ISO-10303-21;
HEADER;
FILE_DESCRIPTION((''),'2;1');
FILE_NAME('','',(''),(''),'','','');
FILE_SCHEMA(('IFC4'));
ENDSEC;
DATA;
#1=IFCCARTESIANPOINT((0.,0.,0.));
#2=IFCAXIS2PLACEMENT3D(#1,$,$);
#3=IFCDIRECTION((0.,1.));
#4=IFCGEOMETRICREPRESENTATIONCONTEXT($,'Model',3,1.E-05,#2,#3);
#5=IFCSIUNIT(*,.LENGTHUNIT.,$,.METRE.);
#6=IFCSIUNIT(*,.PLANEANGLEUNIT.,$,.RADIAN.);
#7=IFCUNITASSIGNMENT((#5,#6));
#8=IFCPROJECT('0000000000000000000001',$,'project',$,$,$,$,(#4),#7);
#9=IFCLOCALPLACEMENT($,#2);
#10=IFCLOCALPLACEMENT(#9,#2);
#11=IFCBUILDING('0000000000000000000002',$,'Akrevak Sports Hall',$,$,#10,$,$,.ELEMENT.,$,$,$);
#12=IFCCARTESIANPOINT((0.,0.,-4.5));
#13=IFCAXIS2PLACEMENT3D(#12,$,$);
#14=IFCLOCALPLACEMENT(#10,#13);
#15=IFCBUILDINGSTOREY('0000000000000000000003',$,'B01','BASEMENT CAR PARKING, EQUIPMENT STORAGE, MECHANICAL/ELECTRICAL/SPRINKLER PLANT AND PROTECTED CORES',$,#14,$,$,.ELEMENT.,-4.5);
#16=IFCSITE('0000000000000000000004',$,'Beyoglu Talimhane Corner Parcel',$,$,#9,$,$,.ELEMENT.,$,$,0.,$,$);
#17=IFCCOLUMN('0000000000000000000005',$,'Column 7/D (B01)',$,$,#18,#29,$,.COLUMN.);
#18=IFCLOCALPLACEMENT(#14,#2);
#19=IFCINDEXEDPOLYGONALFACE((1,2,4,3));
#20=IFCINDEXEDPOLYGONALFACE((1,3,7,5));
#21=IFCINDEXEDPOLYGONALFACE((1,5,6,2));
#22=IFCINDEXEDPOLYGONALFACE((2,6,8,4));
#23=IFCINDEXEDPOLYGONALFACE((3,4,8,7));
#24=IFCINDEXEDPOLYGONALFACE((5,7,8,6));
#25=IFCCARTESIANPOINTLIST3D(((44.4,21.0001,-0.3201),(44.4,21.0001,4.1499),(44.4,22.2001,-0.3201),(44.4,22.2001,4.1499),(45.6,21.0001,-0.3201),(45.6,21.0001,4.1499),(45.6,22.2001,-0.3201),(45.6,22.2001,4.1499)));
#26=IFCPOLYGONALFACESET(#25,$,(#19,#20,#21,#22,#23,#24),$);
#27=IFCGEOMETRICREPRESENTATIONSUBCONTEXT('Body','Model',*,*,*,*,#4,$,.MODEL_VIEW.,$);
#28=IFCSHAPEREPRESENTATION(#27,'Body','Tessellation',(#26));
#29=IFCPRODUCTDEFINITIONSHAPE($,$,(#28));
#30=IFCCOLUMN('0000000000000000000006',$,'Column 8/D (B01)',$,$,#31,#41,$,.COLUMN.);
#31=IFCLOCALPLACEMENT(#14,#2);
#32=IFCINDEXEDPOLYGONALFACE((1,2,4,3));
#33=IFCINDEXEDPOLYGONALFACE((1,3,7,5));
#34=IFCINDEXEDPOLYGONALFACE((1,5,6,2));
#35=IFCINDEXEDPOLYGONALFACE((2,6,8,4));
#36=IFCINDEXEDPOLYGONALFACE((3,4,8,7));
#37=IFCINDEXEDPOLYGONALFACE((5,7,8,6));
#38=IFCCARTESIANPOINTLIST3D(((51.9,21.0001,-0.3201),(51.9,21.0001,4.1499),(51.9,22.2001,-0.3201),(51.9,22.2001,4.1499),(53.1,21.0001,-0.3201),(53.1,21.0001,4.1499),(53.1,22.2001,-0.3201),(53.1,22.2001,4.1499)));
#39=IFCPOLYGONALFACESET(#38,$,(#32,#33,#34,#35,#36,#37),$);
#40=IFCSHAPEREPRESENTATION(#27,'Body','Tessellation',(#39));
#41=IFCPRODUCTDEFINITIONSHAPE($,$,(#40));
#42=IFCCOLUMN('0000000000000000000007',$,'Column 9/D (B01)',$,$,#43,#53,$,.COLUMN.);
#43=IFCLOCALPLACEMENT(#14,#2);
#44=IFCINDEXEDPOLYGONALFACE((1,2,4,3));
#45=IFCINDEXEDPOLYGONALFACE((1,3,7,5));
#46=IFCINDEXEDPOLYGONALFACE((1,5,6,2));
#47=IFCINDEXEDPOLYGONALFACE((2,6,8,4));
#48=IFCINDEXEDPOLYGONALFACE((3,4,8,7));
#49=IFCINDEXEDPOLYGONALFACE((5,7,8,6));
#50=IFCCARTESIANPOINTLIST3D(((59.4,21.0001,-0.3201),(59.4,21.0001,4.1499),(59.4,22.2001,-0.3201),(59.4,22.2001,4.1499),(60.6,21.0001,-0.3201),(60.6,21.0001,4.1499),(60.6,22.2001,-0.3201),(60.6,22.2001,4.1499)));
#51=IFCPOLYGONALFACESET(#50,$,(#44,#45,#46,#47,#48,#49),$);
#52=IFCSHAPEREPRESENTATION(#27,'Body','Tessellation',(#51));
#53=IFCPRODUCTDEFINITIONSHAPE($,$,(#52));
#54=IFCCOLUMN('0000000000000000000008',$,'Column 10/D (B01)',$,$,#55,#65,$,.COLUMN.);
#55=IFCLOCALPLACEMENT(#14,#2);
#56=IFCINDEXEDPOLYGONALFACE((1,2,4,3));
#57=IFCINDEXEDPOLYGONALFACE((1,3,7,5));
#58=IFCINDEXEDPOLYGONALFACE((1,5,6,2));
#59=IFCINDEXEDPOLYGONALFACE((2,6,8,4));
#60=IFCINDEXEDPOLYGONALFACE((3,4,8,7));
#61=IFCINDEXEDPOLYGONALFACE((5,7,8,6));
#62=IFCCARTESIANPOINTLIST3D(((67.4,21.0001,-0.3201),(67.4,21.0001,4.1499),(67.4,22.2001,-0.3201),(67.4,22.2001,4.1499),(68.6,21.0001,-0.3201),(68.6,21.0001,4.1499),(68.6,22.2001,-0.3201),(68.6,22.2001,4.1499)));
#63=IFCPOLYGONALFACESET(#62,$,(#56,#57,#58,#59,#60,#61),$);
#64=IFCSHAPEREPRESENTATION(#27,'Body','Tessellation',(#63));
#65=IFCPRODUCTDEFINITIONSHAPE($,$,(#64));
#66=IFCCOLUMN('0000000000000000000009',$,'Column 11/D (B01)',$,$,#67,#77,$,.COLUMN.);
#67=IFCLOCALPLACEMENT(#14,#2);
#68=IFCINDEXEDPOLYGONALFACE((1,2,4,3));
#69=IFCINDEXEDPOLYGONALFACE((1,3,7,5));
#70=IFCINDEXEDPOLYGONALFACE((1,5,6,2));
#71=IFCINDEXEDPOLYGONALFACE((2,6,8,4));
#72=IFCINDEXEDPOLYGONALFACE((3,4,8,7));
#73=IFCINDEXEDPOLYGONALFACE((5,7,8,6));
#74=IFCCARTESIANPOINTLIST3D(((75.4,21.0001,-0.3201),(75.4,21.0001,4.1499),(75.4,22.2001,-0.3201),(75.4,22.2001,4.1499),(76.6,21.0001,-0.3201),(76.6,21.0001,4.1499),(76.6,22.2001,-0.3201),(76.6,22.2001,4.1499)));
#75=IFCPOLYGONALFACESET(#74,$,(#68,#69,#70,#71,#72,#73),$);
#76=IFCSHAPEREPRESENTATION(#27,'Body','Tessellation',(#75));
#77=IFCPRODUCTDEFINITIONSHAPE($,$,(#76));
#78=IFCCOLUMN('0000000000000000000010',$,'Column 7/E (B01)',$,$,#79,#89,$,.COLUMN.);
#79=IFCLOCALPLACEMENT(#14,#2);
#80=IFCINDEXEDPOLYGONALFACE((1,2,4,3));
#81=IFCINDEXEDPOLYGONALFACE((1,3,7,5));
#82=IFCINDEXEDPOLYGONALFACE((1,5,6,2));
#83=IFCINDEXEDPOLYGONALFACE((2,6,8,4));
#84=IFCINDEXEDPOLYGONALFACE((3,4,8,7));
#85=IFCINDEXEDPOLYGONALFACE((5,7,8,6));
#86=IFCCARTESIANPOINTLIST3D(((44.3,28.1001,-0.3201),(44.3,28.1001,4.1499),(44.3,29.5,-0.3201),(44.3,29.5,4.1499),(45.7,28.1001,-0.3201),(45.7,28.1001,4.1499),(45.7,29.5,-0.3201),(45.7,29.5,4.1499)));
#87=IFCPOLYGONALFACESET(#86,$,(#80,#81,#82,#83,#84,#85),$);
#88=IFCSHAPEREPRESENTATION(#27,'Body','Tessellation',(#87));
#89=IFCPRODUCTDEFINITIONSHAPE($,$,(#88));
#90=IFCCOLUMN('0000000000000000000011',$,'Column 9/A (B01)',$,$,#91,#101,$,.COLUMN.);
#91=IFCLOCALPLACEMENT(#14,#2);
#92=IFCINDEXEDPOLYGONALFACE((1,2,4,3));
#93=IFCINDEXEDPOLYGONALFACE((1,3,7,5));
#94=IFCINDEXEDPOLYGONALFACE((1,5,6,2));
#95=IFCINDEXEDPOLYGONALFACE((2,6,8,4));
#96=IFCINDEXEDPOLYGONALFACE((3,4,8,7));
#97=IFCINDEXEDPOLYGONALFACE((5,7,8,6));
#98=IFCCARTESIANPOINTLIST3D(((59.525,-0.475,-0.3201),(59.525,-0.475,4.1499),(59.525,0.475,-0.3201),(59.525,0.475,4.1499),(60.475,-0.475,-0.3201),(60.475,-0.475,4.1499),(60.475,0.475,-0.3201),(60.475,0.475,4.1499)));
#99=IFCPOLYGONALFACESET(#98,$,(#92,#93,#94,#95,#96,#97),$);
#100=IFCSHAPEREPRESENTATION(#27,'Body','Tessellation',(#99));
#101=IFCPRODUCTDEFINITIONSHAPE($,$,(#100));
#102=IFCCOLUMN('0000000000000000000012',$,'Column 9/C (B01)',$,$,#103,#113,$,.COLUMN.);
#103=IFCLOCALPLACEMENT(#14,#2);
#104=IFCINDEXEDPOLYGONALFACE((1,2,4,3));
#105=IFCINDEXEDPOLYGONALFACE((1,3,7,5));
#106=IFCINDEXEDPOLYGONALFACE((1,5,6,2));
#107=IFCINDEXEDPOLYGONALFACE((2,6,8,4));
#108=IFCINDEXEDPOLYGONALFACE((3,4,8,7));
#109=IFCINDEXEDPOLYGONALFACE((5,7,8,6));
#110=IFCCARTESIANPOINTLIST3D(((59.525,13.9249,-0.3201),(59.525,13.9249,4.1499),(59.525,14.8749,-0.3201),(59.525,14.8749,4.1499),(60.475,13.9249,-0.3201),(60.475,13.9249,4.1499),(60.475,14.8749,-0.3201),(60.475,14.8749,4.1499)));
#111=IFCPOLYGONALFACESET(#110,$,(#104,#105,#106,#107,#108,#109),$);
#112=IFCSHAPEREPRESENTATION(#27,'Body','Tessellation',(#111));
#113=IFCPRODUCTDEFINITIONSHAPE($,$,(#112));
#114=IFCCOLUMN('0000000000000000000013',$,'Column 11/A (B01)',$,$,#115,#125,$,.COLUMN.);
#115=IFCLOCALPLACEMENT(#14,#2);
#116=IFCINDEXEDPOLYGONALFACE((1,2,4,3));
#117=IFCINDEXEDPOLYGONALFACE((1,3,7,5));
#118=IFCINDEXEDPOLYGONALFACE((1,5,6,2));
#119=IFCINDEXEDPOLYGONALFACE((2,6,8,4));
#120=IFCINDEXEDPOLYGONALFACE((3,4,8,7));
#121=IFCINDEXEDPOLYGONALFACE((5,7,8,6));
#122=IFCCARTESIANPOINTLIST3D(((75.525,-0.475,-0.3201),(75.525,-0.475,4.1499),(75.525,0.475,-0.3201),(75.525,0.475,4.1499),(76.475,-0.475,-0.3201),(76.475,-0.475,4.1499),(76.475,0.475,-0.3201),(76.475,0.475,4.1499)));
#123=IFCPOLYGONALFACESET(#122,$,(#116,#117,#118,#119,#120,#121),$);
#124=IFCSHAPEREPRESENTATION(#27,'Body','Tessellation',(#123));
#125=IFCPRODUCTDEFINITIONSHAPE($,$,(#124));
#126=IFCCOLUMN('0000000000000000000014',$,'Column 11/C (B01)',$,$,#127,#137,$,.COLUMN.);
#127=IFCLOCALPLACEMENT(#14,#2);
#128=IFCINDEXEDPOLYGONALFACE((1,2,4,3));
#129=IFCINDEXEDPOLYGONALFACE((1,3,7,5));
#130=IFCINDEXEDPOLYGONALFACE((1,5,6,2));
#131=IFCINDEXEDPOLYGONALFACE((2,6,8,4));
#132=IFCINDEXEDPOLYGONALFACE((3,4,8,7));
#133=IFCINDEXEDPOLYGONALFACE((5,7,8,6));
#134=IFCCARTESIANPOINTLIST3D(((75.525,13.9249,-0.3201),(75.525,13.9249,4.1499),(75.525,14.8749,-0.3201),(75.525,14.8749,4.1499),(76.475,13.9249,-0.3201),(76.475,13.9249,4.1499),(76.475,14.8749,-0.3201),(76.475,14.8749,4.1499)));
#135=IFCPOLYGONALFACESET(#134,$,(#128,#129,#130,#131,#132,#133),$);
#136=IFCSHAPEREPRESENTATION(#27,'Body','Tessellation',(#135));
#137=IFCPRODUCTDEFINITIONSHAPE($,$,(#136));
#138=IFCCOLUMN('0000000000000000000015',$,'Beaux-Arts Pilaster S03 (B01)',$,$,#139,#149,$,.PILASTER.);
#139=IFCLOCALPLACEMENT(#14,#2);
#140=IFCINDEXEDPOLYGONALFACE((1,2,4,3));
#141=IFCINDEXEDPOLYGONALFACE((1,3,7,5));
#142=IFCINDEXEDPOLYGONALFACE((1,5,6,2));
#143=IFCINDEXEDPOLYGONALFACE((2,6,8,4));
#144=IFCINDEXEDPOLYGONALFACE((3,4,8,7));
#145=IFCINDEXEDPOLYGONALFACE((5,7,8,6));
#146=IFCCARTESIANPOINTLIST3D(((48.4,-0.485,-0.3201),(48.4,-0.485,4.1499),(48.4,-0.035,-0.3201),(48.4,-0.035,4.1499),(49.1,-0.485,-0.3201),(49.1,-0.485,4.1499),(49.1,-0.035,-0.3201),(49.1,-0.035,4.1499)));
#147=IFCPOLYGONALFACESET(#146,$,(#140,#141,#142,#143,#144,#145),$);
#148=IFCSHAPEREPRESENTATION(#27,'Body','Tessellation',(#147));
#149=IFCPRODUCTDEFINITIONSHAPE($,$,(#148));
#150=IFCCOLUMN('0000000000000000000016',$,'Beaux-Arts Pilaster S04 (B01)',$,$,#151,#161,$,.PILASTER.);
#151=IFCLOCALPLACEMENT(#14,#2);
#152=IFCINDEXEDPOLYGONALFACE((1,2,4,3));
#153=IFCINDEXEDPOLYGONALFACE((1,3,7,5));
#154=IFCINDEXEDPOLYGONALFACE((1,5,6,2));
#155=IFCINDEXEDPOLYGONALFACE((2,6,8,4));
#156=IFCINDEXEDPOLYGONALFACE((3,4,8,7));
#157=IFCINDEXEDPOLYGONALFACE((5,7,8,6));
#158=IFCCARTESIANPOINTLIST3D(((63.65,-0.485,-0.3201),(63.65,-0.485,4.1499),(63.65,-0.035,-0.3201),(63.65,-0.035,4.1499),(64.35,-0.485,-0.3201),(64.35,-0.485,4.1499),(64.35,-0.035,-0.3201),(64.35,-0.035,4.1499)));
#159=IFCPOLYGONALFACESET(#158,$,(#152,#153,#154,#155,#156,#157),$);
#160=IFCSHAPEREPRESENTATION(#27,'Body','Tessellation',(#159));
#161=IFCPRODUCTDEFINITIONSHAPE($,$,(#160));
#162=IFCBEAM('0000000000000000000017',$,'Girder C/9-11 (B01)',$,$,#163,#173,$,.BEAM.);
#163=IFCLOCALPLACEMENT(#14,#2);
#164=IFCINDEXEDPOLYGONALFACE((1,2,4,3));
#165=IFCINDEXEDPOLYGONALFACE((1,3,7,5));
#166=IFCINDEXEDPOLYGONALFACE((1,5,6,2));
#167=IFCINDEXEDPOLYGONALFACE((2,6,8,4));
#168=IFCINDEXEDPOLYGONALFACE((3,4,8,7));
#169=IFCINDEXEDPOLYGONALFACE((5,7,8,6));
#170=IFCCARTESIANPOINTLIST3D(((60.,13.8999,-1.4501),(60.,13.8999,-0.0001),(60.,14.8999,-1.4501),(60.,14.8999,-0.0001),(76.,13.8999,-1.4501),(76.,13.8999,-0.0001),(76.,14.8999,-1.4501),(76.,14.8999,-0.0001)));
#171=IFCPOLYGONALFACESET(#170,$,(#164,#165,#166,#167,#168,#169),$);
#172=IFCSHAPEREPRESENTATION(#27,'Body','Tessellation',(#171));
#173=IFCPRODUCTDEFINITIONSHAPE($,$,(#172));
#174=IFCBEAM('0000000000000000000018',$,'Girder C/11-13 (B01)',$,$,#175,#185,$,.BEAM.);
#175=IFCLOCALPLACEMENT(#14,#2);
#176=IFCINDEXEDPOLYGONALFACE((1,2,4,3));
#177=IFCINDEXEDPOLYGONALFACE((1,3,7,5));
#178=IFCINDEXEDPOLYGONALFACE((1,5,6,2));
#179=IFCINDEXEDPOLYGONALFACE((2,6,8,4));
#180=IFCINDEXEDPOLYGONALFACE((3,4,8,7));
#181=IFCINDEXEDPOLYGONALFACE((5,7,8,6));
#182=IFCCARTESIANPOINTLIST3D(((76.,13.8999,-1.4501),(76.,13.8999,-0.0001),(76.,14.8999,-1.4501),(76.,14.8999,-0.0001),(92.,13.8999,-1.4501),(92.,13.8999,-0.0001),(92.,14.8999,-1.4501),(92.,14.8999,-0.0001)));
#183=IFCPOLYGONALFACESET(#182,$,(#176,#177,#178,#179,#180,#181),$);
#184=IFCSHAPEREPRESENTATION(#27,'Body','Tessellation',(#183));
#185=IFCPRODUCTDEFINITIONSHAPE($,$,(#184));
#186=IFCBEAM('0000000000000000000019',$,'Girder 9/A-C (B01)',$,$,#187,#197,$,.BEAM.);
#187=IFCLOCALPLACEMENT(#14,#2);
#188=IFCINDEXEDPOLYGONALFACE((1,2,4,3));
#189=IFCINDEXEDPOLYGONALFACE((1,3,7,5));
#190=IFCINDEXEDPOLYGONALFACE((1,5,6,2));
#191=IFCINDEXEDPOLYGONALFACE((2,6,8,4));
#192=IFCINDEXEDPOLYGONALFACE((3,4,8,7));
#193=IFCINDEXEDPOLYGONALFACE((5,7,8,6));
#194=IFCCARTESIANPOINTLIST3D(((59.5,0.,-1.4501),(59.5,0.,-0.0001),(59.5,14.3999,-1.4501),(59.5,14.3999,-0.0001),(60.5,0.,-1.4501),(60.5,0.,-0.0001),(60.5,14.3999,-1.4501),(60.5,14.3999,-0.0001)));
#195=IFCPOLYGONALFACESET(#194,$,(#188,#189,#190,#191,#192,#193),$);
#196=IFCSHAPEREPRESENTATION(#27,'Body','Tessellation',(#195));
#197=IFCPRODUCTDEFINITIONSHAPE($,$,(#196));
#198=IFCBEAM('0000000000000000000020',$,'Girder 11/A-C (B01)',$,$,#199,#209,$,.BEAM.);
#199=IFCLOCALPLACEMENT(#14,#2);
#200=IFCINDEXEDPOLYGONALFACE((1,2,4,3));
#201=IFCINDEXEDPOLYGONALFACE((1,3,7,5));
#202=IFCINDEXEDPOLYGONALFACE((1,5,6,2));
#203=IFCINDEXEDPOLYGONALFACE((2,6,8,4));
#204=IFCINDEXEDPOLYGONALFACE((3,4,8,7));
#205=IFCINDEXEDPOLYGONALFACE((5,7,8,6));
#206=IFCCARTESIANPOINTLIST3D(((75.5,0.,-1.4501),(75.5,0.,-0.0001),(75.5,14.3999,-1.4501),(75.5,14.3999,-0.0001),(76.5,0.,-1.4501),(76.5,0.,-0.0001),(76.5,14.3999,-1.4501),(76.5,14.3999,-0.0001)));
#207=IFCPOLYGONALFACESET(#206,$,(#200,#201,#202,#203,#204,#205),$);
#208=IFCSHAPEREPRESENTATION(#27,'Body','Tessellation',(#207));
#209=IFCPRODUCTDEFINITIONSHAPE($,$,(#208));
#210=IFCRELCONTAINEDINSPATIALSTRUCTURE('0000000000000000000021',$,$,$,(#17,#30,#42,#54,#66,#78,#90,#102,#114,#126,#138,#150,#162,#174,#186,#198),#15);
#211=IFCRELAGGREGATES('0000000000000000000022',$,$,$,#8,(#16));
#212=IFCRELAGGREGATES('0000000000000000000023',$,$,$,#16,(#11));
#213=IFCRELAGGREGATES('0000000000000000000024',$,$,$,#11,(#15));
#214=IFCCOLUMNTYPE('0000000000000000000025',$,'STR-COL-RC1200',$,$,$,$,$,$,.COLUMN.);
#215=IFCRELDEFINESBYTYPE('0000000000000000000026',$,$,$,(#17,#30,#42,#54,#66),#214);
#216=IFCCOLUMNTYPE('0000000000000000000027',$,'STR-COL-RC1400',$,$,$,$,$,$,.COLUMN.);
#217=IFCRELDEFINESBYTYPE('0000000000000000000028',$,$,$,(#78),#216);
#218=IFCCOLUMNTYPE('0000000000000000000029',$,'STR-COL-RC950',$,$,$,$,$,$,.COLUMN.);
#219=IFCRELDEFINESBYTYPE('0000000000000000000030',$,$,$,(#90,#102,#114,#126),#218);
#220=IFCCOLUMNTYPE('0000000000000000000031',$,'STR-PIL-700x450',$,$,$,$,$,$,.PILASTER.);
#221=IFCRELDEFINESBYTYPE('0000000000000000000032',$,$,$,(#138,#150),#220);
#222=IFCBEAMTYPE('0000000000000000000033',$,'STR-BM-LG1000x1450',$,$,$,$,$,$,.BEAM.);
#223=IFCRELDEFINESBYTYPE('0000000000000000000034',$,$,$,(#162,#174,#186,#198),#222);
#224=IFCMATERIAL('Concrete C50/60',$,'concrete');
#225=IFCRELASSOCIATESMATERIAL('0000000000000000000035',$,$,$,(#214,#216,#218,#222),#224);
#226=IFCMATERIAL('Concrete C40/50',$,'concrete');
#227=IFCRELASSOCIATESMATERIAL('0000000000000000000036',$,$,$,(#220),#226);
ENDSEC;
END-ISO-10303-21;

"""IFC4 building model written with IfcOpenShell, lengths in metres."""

from ifc_helpers import new_model, si_unit, direction, frame, origin, origin_2d, place, context, subcontext, project, spatial, rectangle, extrude, material, material_profile, profile_set, type_object, element, save


model = new_model("IFC4")

# Units and contexts
model_context = context("Model", 3, precision=1e-05, world=origin(), true_north=direction((0.0, 1.0)))
body_context = subcontext(model_context, "Body", "Model", "MODEL_VIEW")
ifc_project = project(units=[si_unit("LENGTHUNIT", "METRE"), si_unit("PLANEANGLEUNIT", "RADIAN")], contexts=[model_context])

# Site, building, storey
site_placement = place(None, origin())
site = spatial("IfcSite", under=ifc_project, at=site_placement, Name="Beyoglu Talimhane Corner Parcel", CompositionType="ELEMENT", RefElevation=0.0)
building_placement = place(site_placement, origin())
building = spatial("IfcBuilding", under=site, at=building_placement, Name="Akrevak Sports Hall", CompositionType="ELEMENT")
storey_placement = place(building_placement, frame((0.0, 0.0, -4.5)))
storey = spatial("IfcBuildingStorey", under=building, at=storey_placement, Name="B01", Description="BASEMENT CAR PARKING, EQUIPMENT STORAGE, MECHANICAL/ELECTRICAL/SPRINKLER PLANT AND PROTECTED CORES", CompositionType="ELEMENT", Elevation=-4.5)

# Columns
ifc_material_1 = material(Name="Concrete C50/60", Category="concrete")
ifc_material_profile_1 = material_profile(ifc_material_1, rectangle(XDim=1.2, YDim=1.2, at=origin_2d()), Name="RC 1200x1200", Category="concrete")
ifc_profile_set_1 = profile_set([ifc_material_profile_1], Name="Concrete C50/60")
column_type_1 = type_object("IfcColumnType", Name="STR-COL-RC1200", PredefinedType="COLUMN", material=ifc_profile_set_1)
for number, where, z_axis, x_axis, name in (
    (1, (45.0, 21.6001, -0.3201), (0.0, 0.0, 1.0), (1.0, 0.0, 0.0), "Column 7/D (B01)"),
    (2, (52.5, 21.6001, -0.3201), (0.0, 0.0, 1.0), (1.0, 0.0, 0.0), "Column 8/D (B01)"),
    (3, (60.0, 21.6001, -0.3201), (0.0, 0.0, 1.0), (1.0, 0.0, 0.0), "Column 9/D (B01)"),
    (4, (68.0, 21.6001, -0.3201), (0.0, 0.0, 1.0), (1.0, 0.0, 0.0), "Column 10/D (B01)"),
    (5, (76.0, 21.6001, -0.3201), (0.0, 0.0, 1.0), (1.0, 0.0, 0.0), "Column 11/D (B01)"),
):
    element("IfcColumn", number, at=place(storey_placement, frame(where, z_axis=z_axis, x_axis=x_axis)), inside=storey, type_object=column_type_1, Name=name, PredefinedType="COLUMN", context=body_context, shape_type="SweptSolid", body=[
        extrude(rectangle(XDim=1.2, YDim=1.2, at=origin_2d()), origin(), (0.0, 0.0, 1.0), 4.47),
    ])
ifc_material_profile_2 = material_profile(ifc_material_1, rectangle(XDim=1.3999, YDim=1.3999, at=origin_2d()), Name="RC 1400x1400", Category="concrete")
ifc_profile_set_2 = profile_set([ifc_material_profile_2], Name="Concrete C50/60")
column_type_2 = type_object("IfcColumnType", Name="STR-COL-RC1400", PredefinedType="COLUMN", material=ifc_profile_set_2)
column_placement = place(storey_placement, frame((45.0, 28.8, -0.3201), z_axis=(0.0, 0.0, 1.0), x_axis=(1.0, 0.0, 0.0)))
element("IfcColumn", 6, at=column_placement, inside=storey, type_object=column_type_2, Name="Column 7/E (B01)", PredefinedType="COLUMN", context=body_context, shape_type="SweptSolid", body=[
    extrude(rectangle(XDim=1.3999, YDim=1.3999, at=origin_2d()), origin(), (0.0, 0.0, 1.0), 4.47),
])
ifc_material_profile_3 = material_profile(ifc_material_1, rectangle(XDim=0.95, YDim=0.95, at=origin_2d()), Name="RC 950x950", Category="concrete")
ifc_profile_set_3 = profile_set([ifc_material_profile_3], Name="Concrete C50/60")
column_type_3 = type_object("IfcColumnType", Name="STR-COL-RC950", PredefinedType="COLUMN", material=ifc_profile_set_3)
for number, where, z_axis, x_axis, name in (
    (7, (60.0, 0.0, -0.3201), (0.0, 0.0, 1.0), (1.0, 0.0, 0.0), "Column 9/A (B01)"),
    (8, (60.0, 14.3999, -0.3201), (0.0, 0.0, 1.0), (1.0, 0.0, 0.0), "Column 9/C (B01)"),
    (9, (76.0, 0.0, -0.3201), (0.0, 0.0, 1.0), (1.0, 0.0, 0.0), "Column 11/A (B01)"),
    (10, (76.0, 14.3999, -0.3201), (0.0, 0.0, 1.0), (1.0, 0.0, 0.0), "Column 11/C (B01)"),
):
    element("IfcColumn", number, at=place(storey_placement, frame(where, z_axis=z_axis, x_axis=x_axis)), inside=storey, type_object=column_type_3, Name=name, PredefinedType="COLUMN", context=body_context, shape_type="SweptSolid", body=[
        extrude(rectangle(XDim=0.95, YDim=0.95, at=origin_2d()), origin(), (0.0, 0.0, 1.0), 4.47),
    ])
ifc_material_2 = material(Name="Concrete C40/50", Category="concrete")
ifc_material_profile_4 = material_profile(ifc_material_2, rectangle(XDim=0.7, YDim=0.45, at=origin_2d()), Name="PIL 700x450", Category="concrete")
ifc_profile_set_4 = profile_set([ifc_material_profile_4], Name="Concrete C40/50")
column_type_4 = type_object("IfcColumnType", Name="STR-PIL-700x450", PredefinedType="PILASTER", material=ifc_profile_set_4)
for number, where, z_axis, x_axis, name in (
    (11, (48.75, -0.26, -0.3201), (0.0, 0.0, 1.0), (1.0, 0.0, 0.0), "Beaux-Arts Pilaster S03 (B01)"),
    (12, (64.0, -0.26, -0.3201), (0.0, 0.0, 1.0), (1.0, 0.0, 0.0), "Beaux-Arts Pilaster S04 (B01)"),
):
    element("IfcColumn", number, at=place(storey_placement, frame(where, z_axis=z_axis, x_axis=x_axis)), inside=storey, type_object=column_type_4, Name=name, PredefinedType="PILASTER", context=body_context, shape_type="SweptSolid", body=[
        extrude(rectangle(XDim=0.7, YDim=0.45, at=origin_2d()), origin(), (0.0, 0.0, 1.0), 4.47),
    ])

# Beams
ifc_material_profile_5 = material_profile(ifc_material_1, rectangle(XDim=1.0, YDim=1.45, at=origin_2d()), Name="BM 1000x1450", Category="concrete")
ifc_profile_set_5 = profile_set([ifc_material_profile_5], Name="Concrete C50/60")
beam_type_1 = type_object("IfcBeamType", Name="STR-BM-LG1000x1450", PredefinedType="BEAM", material=ifc_profile_set_5)
for number, where, z_axis, x_axis, name in (
    (13, (60.0, 14.3999, -0.7251), (1.0, 0.0, 0.0), (0.0, 1.0, 0.0), "Girder C/9-11 (B01)"),
    (14, (76.0, 14.3999, -0.7251), (1.0, 0.0, 0.0), (0.0, 1.0, 0.0), "Girder C/11-13 (B01)"),
):
    element("IfcBeam", number, at=place(storey_placement, frame(where, z_axis=z_axis, x_axis=x_axis)), inside=storey, type_object=beam_type_1, Name=name, PredefinedType="BEAM", context=body_context, shape_type="SweptSolid", body=[
        extrude(rectangle(XDim=1.0, YDim=1.45, at=origin_2d()), origin(), (0.0, 0.0, 1.0), 16.0),
    ])
for number, where, z_axis, x_axis, name in (
    (15, (60.0, 0.0, -0.7251), (0.0, 1.0, 0.0), (-1.0, 0.0, 0.0), "Girder 9/A-C (B01)"),
    (16, (76.0, 0.0, -0.7251), (0.0, 1.0, 0.0), (-1.0, 0.0, 0.0), "Girder 11/A-C (B01)"),
):
    element("IfcBeam", number, at=place(storey_placement, frame(where, z_axis=z_axis, x_axis=x_axis)), inside=storey, type_object=beam_type_1, Name=name, PredefinedType="BEAM", context=body_context, shape_type="SweptSolid", body=[
        extrude(rectangle(XDim=1.0, YDim=1.45, at=origin_2d()), origin(), (0.0, 0.0, 1.0), 14.3999),
    ])

save(model, "model.ifc")
